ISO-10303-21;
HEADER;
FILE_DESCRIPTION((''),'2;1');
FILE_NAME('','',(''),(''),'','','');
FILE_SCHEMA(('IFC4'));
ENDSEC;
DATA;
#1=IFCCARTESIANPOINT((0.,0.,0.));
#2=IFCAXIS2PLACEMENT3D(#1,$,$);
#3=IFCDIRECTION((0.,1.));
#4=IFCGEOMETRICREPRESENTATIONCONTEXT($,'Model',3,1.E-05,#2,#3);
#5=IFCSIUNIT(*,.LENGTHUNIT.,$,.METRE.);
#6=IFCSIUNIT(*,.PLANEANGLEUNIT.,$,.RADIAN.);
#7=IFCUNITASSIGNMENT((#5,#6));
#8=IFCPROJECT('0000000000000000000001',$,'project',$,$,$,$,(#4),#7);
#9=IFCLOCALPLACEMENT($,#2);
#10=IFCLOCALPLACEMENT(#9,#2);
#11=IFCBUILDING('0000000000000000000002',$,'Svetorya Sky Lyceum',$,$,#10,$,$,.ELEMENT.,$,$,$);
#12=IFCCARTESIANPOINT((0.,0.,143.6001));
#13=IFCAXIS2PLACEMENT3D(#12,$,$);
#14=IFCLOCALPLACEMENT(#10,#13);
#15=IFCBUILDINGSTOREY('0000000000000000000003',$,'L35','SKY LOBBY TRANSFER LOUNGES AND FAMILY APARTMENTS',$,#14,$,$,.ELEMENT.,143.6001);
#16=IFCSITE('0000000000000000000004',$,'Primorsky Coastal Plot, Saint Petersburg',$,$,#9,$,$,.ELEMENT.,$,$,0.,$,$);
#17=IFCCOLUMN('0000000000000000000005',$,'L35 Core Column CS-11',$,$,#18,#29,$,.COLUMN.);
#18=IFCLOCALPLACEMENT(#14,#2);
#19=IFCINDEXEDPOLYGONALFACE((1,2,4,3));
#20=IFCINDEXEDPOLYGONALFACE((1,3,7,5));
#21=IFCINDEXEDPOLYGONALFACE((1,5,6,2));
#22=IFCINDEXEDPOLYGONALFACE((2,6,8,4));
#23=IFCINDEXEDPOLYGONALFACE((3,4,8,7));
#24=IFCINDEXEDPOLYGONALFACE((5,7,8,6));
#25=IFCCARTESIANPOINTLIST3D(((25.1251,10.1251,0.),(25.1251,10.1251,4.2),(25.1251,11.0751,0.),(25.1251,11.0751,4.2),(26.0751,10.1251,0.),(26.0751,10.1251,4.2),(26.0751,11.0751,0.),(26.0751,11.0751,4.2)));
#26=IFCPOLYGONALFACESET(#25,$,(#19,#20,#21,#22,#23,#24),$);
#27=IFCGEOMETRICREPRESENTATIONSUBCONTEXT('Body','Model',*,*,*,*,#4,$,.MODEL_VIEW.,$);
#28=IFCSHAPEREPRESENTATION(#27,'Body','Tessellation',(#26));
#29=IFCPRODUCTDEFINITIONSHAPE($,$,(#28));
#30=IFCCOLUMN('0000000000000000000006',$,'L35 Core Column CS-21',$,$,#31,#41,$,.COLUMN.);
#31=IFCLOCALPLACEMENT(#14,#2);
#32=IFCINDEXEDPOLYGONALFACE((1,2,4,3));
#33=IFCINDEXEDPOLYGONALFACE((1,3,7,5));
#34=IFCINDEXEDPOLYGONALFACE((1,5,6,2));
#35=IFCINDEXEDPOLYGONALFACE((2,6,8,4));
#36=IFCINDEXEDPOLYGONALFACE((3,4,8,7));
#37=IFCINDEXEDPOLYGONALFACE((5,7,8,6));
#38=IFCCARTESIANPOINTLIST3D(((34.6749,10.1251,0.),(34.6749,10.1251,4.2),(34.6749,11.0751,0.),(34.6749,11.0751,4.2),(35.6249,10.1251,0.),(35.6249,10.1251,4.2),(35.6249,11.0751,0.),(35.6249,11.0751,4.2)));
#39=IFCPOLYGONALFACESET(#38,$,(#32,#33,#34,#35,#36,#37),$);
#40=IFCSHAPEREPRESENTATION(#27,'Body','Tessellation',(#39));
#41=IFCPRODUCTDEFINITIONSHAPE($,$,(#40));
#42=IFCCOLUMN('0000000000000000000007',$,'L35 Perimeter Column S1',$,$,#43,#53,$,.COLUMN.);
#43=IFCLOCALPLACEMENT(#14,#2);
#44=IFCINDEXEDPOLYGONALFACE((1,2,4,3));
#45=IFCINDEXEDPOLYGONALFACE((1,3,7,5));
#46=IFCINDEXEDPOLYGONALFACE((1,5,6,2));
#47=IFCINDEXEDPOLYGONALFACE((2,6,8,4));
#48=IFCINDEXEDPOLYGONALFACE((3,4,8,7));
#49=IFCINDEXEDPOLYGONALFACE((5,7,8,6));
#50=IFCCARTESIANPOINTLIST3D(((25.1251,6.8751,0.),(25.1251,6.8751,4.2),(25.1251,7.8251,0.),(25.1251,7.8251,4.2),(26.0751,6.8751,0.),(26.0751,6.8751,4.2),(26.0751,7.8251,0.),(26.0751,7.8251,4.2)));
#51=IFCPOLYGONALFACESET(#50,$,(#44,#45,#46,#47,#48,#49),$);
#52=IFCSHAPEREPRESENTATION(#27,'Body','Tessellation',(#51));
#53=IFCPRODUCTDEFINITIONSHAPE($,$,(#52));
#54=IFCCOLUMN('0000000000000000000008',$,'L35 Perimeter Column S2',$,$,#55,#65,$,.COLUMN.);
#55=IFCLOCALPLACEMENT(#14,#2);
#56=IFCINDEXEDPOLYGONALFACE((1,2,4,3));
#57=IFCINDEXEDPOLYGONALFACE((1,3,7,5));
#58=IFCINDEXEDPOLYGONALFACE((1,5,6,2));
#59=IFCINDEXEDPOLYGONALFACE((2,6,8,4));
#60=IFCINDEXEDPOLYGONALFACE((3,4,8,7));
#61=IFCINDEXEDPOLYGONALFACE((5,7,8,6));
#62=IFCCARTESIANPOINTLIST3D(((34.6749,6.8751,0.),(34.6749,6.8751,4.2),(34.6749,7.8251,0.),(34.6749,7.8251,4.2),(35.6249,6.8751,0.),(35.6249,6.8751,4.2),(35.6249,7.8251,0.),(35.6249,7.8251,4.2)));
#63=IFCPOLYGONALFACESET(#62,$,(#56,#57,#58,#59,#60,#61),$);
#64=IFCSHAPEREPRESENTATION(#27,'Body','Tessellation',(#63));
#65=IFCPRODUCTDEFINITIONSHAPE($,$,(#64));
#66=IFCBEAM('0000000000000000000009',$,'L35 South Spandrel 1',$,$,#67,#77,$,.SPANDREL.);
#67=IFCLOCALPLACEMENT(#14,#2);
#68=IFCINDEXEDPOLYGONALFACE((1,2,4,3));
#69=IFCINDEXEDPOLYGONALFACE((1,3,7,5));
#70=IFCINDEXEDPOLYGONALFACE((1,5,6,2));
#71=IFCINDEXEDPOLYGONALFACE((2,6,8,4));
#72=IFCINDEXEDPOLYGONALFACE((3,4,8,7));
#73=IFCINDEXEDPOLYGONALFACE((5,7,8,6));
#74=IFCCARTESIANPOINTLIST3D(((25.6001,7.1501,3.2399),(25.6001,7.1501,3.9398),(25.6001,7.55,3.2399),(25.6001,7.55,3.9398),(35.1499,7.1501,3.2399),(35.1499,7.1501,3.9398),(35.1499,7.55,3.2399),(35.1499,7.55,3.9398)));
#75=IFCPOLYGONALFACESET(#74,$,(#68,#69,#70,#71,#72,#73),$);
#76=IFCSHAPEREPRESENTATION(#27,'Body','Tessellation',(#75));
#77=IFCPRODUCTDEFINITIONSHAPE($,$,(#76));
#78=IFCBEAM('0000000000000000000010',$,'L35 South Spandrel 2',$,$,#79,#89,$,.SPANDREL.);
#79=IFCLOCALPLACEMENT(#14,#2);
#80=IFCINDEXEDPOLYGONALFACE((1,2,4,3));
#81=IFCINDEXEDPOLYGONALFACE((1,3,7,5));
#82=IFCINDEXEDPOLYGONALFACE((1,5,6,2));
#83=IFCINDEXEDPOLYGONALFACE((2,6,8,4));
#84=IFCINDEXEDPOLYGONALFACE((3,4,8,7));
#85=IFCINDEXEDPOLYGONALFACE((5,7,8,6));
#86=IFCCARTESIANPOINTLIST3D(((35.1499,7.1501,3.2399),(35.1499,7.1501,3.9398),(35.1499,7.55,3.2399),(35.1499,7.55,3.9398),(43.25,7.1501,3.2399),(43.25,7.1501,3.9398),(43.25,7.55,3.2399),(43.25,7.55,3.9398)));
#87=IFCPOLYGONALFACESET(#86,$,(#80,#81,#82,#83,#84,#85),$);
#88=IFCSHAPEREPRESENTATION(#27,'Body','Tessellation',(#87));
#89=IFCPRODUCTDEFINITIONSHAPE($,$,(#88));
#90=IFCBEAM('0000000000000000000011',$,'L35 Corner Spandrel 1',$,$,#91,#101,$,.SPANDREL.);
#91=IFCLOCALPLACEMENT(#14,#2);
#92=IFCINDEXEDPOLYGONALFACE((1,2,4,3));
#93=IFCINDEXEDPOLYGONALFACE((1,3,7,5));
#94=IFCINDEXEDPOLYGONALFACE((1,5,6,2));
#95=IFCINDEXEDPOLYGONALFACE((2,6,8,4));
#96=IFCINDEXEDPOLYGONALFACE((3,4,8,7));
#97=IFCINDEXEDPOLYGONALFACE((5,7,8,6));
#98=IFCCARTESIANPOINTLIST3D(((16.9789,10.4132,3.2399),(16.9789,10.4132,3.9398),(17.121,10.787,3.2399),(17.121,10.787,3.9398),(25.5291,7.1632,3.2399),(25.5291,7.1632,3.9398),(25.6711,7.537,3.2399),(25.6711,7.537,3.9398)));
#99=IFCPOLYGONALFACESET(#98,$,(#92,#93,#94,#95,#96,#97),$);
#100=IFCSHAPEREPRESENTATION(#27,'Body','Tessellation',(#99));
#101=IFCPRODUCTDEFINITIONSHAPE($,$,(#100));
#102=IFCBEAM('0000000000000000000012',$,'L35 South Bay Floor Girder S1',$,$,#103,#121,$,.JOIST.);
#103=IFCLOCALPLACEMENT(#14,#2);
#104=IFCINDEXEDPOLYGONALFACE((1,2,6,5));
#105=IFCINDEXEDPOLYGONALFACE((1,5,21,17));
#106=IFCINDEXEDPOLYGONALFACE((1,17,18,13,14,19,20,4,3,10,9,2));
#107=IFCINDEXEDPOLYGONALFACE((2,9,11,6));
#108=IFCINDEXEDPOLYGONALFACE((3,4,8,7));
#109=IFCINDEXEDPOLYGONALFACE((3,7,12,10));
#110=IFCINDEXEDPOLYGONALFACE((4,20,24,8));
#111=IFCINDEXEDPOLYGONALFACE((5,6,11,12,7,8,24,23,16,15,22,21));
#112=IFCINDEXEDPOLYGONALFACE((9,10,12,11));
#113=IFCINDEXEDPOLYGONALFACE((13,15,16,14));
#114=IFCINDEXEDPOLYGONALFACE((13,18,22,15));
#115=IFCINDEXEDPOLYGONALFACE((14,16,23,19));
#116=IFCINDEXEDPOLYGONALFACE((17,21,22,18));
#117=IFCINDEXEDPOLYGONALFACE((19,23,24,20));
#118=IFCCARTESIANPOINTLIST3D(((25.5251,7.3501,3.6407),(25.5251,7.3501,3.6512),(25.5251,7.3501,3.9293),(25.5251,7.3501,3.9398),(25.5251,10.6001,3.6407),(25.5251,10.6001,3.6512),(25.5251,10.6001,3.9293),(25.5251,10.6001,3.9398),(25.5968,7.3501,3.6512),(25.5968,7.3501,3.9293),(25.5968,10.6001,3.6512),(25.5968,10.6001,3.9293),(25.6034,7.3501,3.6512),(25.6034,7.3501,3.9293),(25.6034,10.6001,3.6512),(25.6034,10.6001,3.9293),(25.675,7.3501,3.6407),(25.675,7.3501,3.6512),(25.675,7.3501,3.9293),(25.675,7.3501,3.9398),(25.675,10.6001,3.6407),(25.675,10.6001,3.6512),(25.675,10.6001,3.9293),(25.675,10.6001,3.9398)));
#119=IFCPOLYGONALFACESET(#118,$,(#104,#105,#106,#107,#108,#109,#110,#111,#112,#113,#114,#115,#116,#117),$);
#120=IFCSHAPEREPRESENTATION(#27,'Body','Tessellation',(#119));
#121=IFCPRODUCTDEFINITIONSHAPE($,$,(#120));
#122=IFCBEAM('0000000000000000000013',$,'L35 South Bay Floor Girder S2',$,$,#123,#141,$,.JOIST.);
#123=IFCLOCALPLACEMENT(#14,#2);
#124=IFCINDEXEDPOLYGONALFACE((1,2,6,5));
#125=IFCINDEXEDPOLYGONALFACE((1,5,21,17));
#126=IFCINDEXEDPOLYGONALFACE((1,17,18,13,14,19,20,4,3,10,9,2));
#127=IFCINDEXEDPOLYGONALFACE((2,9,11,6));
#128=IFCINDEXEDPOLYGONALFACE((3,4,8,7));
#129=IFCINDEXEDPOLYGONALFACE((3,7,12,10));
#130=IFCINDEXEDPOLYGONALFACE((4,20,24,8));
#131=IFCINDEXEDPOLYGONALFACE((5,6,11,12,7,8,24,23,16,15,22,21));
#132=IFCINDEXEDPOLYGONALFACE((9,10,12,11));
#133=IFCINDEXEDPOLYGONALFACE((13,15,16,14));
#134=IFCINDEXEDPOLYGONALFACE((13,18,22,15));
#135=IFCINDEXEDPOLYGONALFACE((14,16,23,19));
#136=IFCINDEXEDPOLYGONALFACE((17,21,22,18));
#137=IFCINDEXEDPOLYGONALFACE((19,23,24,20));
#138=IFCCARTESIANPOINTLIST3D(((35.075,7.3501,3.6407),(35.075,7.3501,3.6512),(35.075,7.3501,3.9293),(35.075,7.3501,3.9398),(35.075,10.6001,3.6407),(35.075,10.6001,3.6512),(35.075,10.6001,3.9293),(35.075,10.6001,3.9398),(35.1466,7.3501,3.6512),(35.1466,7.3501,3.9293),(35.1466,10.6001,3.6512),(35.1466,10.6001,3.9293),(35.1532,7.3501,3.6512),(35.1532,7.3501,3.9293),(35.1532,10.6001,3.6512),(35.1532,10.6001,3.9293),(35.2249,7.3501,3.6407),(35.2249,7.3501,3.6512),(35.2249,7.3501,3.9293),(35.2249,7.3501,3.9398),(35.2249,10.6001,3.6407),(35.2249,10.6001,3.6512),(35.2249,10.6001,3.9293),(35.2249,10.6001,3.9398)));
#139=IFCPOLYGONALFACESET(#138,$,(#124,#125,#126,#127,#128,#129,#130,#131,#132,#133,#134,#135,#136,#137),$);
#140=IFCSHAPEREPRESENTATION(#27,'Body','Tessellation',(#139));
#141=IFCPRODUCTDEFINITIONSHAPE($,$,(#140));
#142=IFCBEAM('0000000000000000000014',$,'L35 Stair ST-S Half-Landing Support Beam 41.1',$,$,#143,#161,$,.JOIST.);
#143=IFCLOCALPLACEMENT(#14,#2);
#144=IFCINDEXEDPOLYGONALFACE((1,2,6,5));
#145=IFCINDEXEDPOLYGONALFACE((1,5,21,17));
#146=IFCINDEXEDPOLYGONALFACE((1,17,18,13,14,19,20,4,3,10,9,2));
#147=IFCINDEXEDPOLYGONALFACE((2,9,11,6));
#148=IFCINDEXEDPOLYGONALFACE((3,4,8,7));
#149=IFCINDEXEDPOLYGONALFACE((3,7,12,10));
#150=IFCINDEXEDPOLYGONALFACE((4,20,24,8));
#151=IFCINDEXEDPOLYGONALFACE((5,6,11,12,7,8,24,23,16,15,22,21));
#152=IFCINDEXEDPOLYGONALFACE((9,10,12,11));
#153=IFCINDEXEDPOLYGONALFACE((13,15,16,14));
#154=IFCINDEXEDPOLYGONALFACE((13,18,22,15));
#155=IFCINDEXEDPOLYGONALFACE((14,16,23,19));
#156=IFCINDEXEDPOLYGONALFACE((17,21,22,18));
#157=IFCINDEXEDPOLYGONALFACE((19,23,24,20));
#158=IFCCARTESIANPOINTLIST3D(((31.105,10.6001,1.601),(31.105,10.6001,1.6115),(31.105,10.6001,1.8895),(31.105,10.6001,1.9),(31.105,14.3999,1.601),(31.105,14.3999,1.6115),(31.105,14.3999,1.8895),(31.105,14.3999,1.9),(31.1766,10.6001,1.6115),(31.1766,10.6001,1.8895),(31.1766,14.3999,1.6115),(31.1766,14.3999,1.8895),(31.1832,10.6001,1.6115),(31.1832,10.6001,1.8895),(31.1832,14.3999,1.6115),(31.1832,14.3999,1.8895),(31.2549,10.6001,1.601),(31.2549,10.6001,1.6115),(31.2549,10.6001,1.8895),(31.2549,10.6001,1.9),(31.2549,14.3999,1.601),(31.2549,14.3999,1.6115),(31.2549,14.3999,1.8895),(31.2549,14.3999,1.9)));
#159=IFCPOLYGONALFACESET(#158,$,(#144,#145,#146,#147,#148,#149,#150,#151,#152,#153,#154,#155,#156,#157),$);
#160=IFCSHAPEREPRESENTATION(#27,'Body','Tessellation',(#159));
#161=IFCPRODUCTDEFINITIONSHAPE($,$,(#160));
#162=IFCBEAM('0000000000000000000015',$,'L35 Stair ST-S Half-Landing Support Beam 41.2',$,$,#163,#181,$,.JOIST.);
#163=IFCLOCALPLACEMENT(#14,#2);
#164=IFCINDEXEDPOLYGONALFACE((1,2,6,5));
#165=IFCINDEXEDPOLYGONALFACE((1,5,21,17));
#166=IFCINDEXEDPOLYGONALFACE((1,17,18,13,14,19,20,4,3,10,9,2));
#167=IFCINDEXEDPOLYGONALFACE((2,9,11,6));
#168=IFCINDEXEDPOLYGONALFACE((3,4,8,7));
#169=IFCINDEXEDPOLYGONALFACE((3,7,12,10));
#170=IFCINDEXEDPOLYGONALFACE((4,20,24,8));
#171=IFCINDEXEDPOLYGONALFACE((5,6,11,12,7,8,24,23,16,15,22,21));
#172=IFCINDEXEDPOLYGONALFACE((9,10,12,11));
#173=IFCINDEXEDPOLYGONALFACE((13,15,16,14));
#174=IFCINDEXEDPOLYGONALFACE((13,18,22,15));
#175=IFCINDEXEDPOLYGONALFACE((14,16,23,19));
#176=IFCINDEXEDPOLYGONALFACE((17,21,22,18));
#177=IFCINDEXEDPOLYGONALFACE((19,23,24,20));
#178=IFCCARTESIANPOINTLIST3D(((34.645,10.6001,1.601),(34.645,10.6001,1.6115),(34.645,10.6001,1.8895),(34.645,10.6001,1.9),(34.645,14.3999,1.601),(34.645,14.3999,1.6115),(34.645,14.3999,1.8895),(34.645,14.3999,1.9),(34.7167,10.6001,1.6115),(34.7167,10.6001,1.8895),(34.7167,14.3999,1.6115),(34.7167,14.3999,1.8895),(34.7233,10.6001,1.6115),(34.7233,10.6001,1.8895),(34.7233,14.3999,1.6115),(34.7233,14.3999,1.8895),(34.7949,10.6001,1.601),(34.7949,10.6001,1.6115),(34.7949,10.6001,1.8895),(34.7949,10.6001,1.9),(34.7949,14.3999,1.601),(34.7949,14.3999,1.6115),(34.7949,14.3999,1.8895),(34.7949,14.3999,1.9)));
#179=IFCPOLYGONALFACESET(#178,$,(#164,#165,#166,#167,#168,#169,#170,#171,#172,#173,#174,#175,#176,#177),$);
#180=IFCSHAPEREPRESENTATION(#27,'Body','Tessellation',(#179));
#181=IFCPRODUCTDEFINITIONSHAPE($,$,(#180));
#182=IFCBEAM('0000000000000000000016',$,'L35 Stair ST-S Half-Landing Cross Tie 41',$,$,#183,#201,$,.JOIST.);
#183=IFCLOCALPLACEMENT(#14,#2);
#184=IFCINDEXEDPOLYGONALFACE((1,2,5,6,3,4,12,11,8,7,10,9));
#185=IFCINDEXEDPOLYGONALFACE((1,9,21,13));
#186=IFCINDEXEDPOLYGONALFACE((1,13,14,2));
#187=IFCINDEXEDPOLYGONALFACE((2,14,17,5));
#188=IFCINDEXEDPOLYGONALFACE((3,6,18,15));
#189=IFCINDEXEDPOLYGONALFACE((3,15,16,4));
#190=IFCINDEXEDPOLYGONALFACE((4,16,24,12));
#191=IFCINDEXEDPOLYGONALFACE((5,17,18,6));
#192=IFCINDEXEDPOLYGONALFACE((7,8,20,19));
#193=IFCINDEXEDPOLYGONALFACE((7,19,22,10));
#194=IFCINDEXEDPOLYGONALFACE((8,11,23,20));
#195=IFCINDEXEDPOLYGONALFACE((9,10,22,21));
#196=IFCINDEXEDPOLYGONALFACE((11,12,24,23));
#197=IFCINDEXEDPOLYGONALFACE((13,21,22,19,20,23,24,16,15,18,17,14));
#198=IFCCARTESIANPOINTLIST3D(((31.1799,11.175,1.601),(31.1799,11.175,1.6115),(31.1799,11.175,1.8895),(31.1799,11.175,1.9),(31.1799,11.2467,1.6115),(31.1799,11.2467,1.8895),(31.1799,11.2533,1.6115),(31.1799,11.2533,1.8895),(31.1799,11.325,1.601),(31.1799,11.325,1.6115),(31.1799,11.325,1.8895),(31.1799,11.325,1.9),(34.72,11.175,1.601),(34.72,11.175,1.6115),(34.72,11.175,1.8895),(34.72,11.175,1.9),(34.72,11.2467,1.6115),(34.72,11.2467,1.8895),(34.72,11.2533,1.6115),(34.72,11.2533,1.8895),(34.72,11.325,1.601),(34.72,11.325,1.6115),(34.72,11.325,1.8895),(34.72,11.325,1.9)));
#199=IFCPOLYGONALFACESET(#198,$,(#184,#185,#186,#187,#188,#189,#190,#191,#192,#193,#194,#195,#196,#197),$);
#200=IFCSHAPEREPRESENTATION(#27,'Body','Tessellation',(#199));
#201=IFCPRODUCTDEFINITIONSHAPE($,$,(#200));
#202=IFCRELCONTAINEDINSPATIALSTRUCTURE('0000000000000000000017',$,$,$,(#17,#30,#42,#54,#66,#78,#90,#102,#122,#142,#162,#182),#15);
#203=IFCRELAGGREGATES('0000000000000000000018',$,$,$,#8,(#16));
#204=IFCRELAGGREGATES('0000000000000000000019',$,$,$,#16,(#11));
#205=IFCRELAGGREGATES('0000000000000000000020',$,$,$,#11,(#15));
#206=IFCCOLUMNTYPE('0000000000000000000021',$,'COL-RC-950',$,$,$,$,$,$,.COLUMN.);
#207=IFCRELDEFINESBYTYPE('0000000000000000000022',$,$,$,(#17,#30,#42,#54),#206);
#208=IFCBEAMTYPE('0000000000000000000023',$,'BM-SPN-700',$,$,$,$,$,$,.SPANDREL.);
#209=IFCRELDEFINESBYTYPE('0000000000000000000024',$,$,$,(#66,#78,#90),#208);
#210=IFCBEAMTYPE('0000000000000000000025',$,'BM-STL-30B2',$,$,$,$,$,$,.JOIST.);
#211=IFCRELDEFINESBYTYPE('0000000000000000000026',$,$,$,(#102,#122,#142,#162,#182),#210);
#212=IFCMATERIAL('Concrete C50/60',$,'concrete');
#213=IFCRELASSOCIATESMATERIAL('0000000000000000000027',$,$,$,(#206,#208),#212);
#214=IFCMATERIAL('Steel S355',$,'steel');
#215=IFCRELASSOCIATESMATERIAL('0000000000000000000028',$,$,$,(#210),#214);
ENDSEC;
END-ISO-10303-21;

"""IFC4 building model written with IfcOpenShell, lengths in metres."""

from ifc_helpers import new_model, si_unit, direction, frame, origin, origin_2d, place, context, subcontext, project, spatial, rectangle, i_section, extrude, material, material_profile, profile_set, type_object, element, save


model = new_model("IFC4")

# Units and contexts
model_context = context("Model", 3, precision=1e-05, world=origin(), true_north=direction((0.0, 1.0)))
body_context = subcontext(model_context, "Body", "Model", "MODEL_VIEW")
ifc_project = project(units=[si_unit("LENGTHUNIT", "METRE"), si_unit("PLANEANGLEUNIT", "RADIAN")], contexts=[model_context])

# Site, building, storey
site_placement = place(None, origin())
site = spatial("IfcSite", under=ifc_project, at=site_placement, Name="Primorsky Coastal Plot, Saint Petersburg", CompositionType="ELEMENT", RefElevation=0.0)
building_placement = place(site_placement, origin())
building = spatial("IfcBuilding", under=site, at=building_placement, Name="Svetorya Sky Lyceum", CompositionType="ELEMENT")
storey_placement = place(building_placement, frame((0.0, 0.0, 143.6001)))
storey = spatial("IfcBuildingStorey", under=building, at=storey_placement, Name="L35", Description="SKY LOBBY TRANSFER LOUNGES AND FAMILY APARTMENTS", CompositionType="ELEMENT", Elevation=143.6001)

# Columns
ifc_material_1 = material(Name="Concrete C50/60", Category="concrete")
ifc_material_profile_1 = material_profile(ifc_material_1, rectangle(XDim=0.95, YDim=0.95, at=origin_2d()), Name="RC COL 950x950")
ifc_profile_set_1 = profile_set([ifc_material_profile_1], Name="Concrete C50/60")
column_type = type_object("IfcColumnType", Name="COL-RC-950", PredefinedType="COLUMN", material=ifc_profile_set_1)
for number, where, z_axis, x_axis, name in (
    (1, (25.6001, 10.6001, 0.0), (0.0, 0.0, 1.0), (1.0, 0.0, 0.0), "L35 Core Column CS-11"),
    (2, (35.1499, 10.6001, 0.0), (0.0, 0.0, 1.0), (1.0, 0.0, 0.0), "L35 Core Column CS-21"),
    (3, (25.6001, 7.3501, 0.0), (0.0, 0.0, 1.0), (1.0, 0.0, 0.0), "L35 Perimeter Column S1"),
    (4, (35.1499, 7.3501, 0.0), (0.0, 0.0, 1.0), (1.0, 0.0, 0.0), "L35 Perimeter Column S2"),
):
    element("IfcColumn", number, at=place(storey_placement, frame(where, z_axis=z_axis, x_axis=x_axis)), inside=storey, type_object=column_type, Name=name, PredefinedType="COLUMN", context=body_context, shape_type="SweptSolid", body=[
        extrude(rectangle(XDim=0.95, YDim=0.95, at=origin_2d()), origin(), (0.0, 0.0, 1.0), 4.2),
    ])

# Beams
ifc_material_profile_2 = material_profile(ifc_material_1, rectangle(XDim=0.3999, YDim=0.7, at=origin_2d()), Name="RC SPANDREL 400x700")
ifc_profile_set_2 = profile_set([ifc_material_profile_2], Name="Concrete C50/60")
beam_type_1 = type_object("IfcBeamType", Name="BM-SPN-700", PredefinedType="SPANDREL", material=ifc_profile_set_2)
beam_1_placement = place(storey_placement, frame((25.6001, 7.3501, 3.5898), z_axis=(1.0, 0.0, 0.0), x_axis=(0.0, 1.0, 0.0)))
element("IfcBeam", 5, at=beam_1_placement, inside=storey, type_object=beam_type_1, Name="L35 South Spandrel 1", PredefinedType="SPANDREL", context=body_context, shape_type="SweptSolid", body=[
    extrude(rectangle(XDim=0.3999, YDim=0.7, at=origin_2d()), origin(), (0.0, 0.0, 1.0), 9.5498),
])
beam_2_placement = place(storey_placement, frame((35.1499, 7.3501, 3.5898), z_axis=(1.0, 0.0, 0.0), x_axis=(0.0, 1.0, 0.0)))
element("IfcBeam", 6, at=beam_2_placement, inside=storey, type_object=beam_type_1, Name="L35 South Spandrel 2", PredefinedType="SPANDREL", context=body_context, shape_type="SweptSolid", body=[
    extrude(rectangle(XDim=0.3999, YDim=0.7, at=origin_2d()), origin(), (0.0, 0.0, 1.0), 8.1001),
])
beam_3_placement = place(storey_placement, frame((25.6001, 7.3501, 3.5898), z_axis=(-0.934748, 0.355312, 0.0), x_axis=(-0.355312, -0.934748, 0.0)))
element("IfcBeam", 7, at=beam_3_placement, inside=storey, type_object=beam_type_1, Name="L35 Corner Spandrel 1", PredefinedType="SPANDREL", context=body_context, shape_type="SweptSolid", body=[
    extrude(rectangle(XDim=0.3999, YDim=0.7, at=origin_2d()), origin(), (0.0, 0.0, 1.0), 9.147),
])
ifc_material_2 = material(Name="Steel S355", Category="steel")
ifc_material_profile_3 = material_profile(ifc_material_2, i_section(OverallWidth=0.1499, OverallDepth=0.2991, WebThickness=0.0066, FlangeThickness=0.0105, at=origin_2d()), Name="GOST 30B2")
ifc_profile_set_3 = profile_set([ifc_material_profile_3], Name="Steel S355")
beam_type_2 = type_object("IfcBeamType", Name="BM-STL-30B2", PredefinedType="JOIST", material=ifc_profile_set_3)
for number, where, z_axis, x_axis, name in (
    (8, (25.6001, 7.3501, 3.7903), (0.0, 1.0, 0.0), (-1.0, 0.0, 0.0), "L35 South Bay Floor Girder S1"),
    (9, (35.1499, 7.3501, 3.7903), (0.0, 1.0, 0.0), (-1.0, 0.0, 0.0), "L35 South Bay Floor Girder S2"),
):
    element("IfcBeam", number, at=place(storey_placement, frame(where, z_axis=z_axis, x_axis=x_axis)), inside=storey, type_object=beam_type_2, Name=name, PredefinedType="JOIST", context=body_context, shape_type="SweptSolid", body=[
        extrude(i_section(OverallWidth=0.1499, OverallDepth=0.2991, WebThickness=0.0066, FlangeThickness=0.0105, at=origin_2d()), origin(), (0.0, 0.0, 1.0), 3.25),
    ])
for number, where, z_axis, x_axis, name in (
    (10, (31.1799, 10.6001, 1.7505), (0.0, 1.0, 0.0), (-1.0, 0.0, 0.0), "L35 Stair ST-S Half-Landing Support Beam 41.1"),
    (11, (34.72, 10.6001, 1.7505), (0.0, 1.0, 0.0), (-1.0, 0.0, 0.0), "L35 Stair ST-S Half-Landing Support Beam 41.2"),
):
    element("IfcBeam", number, at=place(storey_placement, frame(where, z_axis=z_axis, x_axis=x_axis)), inside=storey, type_object=beam_type_2, Name=name, PredefinedType="JOIST", context=body_context, shape_type="SweptSolid", body=[
        extrude(i_section(OverallWidth=0.1499, OverallDepth=0.2991, WebThickness=0.0066, FlangeThickness=0.0105, at=origin_2d()), origin(), (0.0, 0.0, 1.0), 3.7998),
    ])
beam_4_placement = place(storey_placement, frame((31.1799, 11.25, 1.7505), z_axis=(1.0, 0.0, 0.0), x_axis=(0.0, 1.0, 0.0)))
element("IfcBeam", 12, at=beam_4_placement, inside=storey, type_object=beam_type_2, Name="L35 Stair ST-S Half-Landing Cross Tie 41", PredefinedType="JOIST", context=body_context, shape_type="SweptSolid", body=[
    extrude(i_section(OverallWidth=0.1499, OverallDepth=0.2991, WebThickness=0.0066, FlangeThickness=0.0105, at=origin_2d()), origin(), (0.0, 0.0, 1.0), 3.54),
])

save(model, "model.ifc")
